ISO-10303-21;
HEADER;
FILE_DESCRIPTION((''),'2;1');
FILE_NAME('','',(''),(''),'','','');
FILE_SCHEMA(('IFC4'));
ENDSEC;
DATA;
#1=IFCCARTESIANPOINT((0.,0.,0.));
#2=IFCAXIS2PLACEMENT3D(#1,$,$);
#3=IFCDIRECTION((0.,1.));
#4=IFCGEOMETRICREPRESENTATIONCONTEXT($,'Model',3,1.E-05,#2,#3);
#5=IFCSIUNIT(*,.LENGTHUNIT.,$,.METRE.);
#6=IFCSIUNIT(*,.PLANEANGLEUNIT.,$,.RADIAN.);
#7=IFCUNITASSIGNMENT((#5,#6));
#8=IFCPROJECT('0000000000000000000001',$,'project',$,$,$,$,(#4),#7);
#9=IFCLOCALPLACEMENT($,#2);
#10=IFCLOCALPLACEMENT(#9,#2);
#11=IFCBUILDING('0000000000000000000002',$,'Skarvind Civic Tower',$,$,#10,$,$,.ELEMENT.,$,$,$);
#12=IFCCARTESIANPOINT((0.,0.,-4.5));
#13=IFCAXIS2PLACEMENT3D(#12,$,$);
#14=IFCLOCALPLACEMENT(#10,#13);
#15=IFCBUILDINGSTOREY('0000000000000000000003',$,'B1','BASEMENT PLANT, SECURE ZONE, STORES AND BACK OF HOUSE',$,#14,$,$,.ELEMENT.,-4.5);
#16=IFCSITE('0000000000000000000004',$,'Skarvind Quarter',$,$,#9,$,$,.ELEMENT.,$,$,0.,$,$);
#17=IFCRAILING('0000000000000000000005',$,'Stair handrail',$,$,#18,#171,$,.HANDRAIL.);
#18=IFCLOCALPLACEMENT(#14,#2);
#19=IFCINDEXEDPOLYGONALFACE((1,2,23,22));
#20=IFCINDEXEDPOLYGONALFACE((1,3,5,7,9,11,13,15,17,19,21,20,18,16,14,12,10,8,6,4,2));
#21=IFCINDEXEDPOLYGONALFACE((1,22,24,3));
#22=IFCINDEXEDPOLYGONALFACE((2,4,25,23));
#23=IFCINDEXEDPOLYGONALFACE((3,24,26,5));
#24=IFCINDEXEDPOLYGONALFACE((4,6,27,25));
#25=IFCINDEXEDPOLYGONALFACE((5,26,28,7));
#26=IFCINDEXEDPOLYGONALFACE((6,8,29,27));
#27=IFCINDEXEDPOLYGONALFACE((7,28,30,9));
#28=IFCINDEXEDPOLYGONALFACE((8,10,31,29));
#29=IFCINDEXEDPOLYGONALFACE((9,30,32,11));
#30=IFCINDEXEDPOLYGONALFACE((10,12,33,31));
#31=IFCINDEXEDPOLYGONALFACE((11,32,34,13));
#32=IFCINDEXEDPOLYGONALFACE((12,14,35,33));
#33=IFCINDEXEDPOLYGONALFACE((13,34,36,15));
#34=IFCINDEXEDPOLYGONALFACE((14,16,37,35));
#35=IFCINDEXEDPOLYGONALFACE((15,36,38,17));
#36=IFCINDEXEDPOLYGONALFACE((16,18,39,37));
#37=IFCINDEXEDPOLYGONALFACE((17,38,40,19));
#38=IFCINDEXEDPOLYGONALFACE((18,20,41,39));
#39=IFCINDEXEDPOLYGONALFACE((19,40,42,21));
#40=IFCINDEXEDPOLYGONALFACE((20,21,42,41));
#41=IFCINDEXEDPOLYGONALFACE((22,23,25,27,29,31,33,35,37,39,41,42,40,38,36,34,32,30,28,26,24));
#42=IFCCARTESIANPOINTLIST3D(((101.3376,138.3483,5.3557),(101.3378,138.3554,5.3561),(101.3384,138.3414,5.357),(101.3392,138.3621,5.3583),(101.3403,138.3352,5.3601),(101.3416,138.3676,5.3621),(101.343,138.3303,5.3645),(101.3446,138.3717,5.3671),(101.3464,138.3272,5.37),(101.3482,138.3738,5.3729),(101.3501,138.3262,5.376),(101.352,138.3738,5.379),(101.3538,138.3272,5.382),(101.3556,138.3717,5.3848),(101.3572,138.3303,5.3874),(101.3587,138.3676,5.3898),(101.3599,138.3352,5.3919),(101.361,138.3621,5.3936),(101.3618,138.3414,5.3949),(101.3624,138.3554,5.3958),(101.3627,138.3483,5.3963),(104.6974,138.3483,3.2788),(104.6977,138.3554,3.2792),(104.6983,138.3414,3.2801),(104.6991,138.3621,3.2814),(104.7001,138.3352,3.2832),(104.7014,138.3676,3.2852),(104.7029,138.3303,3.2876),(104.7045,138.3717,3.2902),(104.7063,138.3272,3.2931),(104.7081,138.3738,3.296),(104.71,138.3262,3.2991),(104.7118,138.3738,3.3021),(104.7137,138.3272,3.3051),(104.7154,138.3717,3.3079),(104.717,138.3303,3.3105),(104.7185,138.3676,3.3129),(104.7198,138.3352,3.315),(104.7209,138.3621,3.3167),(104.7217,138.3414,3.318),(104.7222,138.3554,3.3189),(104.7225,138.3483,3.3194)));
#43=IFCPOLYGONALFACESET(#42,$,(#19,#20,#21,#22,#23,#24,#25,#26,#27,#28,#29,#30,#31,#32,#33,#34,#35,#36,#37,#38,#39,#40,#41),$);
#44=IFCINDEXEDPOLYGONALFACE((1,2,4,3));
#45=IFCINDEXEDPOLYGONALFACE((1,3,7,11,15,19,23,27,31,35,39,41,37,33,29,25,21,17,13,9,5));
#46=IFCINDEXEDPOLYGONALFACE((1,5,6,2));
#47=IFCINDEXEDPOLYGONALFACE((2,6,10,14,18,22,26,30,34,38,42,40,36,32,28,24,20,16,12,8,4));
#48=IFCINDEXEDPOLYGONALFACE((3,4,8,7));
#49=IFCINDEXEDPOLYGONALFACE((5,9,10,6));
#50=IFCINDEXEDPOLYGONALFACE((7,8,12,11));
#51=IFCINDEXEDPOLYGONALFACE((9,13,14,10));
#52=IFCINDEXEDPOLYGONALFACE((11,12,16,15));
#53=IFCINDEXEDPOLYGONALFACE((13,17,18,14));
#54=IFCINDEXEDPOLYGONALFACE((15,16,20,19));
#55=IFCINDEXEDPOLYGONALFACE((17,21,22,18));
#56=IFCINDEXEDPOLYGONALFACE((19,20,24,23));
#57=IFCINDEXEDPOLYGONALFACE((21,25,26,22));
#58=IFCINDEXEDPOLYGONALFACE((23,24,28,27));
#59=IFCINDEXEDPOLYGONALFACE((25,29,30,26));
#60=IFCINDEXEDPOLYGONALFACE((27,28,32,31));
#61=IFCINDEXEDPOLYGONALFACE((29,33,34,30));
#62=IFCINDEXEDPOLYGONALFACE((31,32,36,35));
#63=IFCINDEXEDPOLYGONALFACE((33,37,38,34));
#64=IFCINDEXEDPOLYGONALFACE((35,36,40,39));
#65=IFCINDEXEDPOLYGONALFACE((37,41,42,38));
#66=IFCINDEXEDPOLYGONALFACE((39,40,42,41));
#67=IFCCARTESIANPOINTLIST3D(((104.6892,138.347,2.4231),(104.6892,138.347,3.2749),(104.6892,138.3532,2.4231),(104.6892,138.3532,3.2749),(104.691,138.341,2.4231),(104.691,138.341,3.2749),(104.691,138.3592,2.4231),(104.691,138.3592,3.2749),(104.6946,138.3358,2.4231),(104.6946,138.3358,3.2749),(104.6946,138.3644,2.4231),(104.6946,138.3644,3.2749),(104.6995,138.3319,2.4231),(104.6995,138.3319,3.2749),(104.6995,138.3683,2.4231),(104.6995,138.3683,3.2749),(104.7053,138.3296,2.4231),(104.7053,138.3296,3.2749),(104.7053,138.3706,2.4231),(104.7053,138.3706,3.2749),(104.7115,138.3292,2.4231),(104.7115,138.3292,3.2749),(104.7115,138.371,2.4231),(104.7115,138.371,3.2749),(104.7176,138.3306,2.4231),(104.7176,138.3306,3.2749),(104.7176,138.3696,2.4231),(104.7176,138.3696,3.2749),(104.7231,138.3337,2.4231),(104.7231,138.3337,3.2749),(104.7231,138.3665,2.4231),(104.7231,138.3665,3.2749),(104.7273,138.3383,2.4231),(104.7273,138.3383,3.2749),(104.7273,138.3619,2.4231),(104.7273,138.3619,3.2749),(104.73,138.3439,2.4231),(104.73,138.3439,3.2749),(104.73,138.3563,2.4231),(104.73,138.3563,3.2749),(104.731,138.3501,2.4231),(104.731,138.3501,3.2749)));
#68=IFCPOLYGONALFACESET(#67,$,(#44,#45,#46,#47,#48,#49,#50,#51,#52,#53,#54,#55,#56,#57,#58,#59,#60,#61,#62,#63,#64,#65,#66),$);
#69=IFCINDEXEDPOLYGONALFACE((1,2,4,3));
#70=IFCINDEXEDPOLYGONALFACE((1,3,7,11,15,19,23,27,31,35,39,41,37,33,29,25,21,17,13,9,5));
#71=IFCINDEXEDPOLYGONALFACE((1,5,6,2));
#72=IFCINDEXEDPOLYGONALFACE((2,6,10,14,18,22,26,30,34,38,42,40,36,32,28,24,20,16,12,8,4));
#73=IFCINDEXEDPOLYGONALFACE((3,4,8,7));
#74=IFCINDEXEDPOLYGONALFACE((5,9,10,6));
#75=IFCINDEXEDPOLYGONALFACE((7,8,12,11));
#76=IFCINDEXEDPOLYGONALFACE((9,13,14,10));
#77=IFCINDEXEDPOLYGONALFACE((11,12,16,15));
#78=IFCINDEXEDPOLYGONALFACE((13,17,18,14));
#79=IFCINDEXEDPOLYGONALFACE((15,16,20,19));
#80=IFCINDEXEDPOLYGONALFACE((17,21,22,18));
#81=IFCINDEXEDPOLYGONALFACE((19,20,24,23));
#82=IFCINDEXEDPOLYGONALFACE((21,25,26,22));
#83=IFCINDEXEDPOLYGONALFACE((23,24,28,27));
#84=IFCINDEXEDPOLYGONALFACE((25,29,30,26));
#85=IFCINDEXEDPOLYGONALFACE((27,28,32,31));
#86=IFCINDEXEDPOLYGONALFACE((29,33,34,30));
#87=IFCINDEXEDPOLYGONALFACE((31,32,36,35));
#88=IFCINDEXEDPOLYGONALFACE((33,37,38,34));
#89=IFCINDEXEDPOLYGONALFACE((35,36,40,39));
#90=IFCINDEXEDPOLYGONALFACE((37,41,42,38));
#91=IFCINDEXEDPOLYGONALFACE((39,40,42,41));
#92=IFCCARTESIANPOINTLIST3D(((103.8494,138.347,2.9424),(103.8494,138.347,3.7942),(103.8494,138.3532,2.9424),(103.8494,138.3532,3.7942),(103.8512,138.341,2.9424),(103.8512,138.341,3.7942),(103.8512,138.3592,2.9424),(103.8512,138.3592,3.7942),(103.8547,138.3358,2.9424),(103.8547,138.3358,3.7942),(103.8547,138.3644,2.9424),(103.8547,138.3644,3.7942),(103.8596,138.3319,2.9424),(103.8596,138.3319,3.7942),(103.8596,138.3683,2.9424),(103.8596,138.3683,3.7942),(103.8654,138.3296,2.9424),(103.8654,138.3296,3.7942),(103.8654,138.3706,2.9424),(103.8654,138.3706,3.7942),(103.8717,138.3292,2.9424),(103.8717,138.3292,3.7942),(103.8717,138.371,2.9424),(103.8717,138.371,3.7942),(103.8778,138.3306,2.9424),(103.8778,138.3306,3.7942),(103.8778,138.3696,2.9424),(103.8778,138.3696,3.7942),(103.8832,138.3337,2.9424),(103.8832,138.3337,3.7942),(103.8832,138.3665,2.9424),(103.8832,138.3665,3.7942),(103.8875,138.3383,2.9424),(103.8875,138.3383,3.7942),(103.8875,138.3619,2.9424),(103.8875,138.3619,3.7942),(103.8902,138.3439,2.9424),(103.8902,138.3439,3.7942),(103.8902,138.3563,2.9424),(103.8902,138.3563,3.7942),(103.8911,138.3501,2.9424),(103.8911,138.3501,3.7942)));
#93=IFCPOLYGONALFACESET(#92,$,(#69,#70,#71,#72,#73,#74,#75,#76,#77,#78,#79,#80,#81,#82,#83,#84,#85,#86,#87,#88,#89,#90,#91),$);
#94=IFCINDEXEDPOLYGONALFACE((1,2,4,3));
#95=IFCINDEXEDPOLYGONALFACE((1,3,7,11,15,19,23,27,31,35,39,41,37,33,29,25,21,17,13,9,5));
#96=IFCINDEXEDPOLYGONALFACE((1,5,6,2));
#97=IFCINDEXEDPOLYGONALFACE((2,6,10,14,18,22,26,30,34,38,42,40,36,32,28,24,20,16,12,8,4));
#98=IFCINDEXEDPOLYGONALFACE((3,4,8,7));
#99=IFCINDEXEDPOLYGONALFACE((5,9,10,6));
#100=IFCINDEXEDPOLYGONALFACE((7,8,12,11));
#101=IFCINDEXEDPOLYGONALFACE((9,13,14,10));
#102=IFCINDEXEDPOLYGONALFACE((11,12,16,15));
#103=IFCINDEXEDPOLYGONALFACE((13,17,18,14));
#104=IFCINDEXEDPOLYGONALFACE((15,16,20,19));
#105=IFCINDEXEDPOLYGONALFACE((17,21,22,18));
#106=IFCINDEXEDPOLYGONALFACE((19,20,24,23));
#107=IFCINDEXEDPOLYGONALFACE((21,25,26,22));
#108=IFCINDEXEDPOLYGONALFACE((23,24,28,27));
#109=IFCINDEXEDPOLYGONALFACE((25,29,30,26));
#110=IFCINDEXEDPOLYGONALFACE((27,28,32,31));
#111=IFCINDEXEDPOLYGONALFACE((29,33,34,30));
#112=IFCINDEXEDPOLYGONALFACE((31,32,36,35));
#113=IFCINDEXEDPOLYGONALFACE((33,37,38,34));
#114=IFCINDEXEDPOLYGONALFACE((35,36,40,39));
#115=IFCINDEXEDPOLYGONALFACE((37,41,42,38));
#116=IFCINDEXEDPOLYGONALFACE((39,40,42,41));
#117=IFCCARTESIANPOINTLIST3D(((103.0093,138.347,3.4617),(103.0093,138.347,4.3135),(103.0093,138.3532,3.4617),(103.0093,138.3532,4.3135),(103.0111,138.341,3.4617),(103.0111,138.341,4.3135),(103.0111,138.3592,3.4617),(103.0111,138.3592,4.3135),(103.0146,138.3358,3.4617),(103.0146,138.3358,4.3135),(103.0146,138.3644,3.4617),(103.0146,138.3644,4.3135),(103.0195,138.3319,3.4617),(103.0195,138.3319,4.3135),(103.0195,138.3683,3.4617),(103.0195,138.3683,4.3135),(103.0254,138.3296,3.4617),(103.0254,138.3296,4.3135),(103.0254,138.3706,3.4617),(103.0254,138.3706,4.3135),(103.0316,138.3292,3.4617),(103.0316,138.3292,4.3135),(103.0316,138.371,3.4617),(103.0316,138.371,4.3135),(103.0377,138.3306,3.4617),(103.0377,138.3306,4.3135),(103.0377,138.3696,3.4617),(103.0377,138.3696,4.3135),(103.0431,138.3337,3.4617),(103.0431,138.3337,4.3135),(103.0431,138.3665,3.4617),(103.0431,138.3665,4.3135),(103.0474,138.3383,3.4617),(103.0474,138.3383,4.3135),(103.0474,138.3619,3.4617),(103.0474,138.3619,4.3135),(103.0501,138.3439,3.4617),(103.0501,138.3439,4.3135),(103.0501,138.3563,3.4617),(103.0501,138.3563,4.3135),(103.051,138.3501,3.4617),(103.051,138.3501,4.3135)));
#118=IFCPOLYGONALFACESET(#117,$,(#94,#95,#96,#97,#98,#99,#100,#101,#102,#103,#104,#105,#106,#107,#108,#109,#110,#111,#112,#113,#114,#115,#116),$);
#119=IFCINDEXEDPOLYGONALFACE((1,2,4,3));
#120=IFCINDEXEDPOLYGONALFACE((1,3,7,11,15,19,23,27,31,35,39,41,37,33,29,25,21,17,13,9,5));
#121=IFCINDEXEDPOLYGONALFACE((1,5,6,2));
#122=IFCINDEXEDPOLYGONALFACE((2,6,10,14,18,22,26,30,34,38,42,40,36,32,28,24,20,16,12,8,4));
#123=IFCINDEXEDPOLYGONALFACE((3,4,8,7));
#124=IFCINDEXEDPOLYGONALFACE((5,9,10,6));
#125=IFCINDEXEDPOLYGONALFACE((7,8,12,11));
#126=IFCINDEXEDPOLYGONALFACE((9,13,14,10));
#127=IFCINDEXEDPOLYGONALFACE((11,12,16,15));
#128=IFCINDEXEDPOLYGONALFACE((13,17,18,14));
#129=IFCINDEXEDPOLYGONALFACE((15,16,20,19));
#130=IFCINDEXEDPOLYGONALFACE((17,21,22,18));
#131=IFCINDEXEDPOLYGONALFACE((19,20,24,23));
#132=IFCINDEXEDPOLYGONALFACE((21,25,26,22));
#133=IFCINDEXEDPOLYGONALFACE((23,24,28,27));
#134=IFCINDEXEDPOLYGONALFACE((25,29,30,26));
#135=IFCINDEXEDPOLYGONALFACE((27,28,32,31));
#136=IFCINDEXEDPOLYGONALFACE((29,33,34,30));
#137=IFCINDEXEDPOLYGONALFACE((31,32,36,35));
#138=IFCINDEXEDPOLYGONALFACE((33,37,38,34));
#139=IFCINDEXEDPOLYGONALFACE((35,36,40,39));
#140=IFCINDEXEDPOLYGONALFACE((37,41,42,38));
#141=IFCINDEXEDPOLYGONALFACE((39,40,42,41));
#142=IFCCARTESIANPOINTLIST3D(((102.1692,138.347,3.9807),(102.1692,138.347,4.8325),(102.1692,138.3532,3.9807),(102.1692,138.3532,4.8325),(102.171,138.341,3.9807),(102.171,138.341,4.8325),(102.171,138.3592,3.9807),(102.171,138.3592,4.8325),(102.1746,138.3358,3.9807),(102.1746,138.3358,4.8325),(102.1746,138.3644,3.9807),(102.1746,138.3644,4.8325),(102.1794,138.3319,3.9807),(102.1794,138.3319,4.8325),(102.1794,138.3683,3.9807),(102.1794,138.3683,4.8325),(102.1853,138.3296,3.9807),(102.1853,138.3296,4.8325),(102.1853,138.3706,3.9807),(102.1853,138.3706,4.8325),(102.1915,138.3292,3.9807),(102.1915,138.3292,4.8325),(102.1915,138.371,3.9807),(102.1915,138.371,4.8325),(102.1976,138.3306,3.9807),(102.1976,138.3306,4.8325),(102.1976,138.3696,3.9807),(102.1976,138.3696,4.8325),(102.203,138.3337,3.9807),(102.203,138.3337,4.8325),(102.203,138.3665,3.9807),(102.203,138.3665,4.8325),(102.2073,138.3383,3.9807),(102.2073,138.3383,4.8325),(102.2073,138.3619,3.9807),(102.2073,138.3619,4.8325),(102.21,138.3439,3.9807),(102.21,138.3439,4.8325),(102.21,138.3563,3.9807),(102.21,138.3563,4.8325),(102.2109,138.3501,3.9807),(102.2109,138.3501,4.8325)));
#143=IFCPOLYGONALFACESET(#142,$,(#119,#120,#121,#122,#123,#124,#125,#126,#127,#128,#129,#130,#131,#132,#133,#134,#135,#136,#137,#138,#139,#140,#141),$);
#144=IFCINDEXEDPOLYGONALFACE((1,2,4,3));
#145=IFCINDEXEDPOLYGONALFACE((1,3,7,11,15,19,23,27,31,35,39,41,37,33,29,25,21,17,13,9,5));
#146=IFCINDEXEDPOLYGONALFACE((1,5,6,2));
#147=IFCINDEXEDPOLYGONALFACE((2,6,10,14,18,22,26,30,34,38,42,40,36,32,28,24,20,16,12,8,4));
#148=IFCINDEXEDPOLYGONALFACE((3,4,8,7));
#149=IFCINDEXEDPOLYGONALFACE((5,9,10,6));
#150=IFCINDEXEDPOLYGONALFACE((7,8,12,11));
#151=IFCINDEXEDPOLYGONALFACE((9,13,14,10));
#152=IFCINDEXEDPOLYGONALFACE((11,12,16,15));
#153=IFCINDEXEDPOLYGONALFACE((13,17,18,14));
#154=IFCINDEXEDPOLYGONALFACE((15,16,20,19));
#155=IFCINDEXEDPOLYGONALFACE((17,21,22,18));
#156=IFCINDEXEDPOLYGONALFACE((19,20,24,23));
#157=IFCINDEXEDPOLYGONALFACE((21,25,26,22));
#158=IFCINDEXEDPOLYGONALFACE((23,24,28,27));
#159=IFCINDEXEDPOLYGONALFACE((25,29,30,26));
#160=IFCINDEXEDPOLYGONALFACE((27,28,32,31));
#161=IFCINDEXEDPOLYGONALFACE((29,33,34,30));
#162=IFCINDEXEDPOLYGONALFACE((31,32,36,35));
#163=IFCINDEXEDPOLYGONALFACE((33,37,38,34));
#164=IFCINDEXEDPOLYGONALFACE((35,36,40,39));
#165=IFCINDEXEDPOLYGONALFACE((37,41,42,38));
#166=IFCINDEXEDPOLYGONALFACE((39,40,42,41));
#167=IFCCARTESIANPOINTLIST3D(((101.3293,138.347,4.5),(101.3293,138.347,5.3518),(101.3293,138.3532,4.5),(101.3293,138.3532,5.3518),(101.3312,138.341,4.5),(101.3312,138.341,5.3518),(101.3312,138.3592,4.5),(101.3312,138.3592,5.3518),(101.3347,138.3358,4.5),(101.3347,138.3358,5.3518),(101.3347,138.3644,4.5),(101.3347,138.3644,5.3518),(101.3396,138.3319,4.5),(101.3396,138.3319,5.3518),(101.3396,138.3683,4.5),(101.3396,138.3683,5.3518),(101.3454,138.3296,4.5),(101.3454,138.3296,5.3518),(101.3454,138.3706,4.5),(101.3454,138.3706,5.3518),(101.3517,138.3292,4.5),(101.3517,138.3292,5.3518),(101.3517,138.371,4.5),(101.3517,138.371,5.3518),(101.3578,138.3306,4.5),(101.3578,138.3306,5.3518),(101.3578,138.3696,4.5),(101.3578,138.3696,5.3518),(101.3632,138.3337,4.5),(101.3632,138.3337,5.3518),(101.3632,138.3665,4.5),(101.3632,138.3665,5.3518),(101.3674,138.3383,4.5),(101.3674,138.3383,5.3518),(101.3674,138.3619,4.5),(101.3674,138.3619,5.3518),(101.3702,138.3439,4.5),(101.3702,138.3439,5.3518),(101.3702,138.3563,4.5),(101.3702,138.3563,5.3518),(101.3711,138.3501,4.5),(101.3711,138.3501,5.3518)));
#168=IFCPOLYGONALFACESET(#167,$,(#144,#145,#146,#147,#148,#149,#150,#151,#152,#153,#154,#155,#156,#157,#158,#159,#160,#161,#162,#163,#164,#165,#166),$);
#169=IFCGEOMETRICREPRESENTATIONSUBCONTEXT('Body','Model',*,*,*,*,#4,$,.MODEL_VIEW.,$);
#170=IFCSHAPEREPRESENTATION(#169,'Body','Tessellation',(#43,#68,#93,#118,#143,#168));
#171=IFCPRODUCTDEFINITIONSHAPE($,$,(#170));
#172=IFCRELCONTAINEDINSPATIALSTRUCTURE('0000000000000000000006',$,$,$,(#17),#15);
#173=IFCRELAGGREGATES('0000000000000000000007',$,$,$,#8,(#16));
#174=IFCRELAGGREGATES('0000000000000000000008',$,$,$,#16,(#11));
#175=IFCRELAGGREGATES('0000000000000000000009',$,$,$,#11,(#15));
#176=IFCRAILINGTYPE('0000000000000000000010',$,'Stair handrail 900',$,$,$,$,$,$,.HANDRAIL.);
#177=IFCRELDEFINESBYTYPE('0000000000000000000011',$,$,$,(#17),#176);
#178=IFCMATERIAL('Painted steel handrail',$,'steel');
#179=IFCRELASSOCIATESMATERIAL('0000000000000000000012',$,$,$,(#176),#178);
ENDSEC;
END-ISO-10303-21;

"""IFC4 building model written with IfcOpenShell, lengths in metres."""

from ifc_helpers import new_model, si_unit, direction, frame, origin, origin_2d, place, context, subcontext, project, spatial, circle, extrude, material, type_object, element, save


model = new_model("IFC4")

# Units and contexts
model_context = context("Model", 3, precision=1e-05, world=origin(), true_north=direction((0.0, 1.0)))
body_context = subcontext(model_context, "Body", "Model", "MODEL_VIEW")
ifc_project = project(units=[si_unit("LENGTHUNIT", "METRE"), si_unit("PLANEANGLEUNIT", "RADIAN")], contexts=[model_context])

# Site, building, storey
site_placement = place(None, origin())
site = spatial("IfcSite", under=ifc_project, at=site_placement, Name="Skarvind Quarter", CompositionType="ELEMENT", RefElevation=0.0)
building_placement = place(site_placement, origin())
building = spatial("IfcBuilding", under=site, at=building_placement, Name="Skarvind Civic Tower", CompositionType="ELEMENT")
storey_placement = place(building_placement, frame((0.0, 0.0, -4.5)))
storey = spatial("IfcBuildingStorey", under=building, at=storey_placement, Name="B1", Description="BASEMENT PLANT, SECURE ZONE, STORES AND BACK OF HOUSE", CompositionType="ELEMENT", Elevation=-4.5)

# Railing
ifc_material_1 = material(Name="Painted steel handrail", Category="steel")
railing_type = type_object("IfcRailingType", Name="Stair handrail 900", PredefinedType="HANDRAIL", material=ifc_material_1)
railing_1_placement = place(storey_placement, frame((104.71, 138.3501, 2.4231)))
element("IfcRailing", 1, at=railing_1_placement, inside=storey, type_object=railing_type, Name="Stair handrail", PredefinedType="HANDRAIL", context=body_context, shape_type="SweptSolid", body=[
    extrude(circle(Radius=0.0239, at=origin_2d()), frame((0.0, 0.0, 0.876), z_axis=(-0.850606, 0.0, 0.525803), x_axis=(0.0, -1.0, 0.0)), (0.0, 0.0, 1.0), 3.95),
    extrude(circle(Radius=0.021, at=origin_2d()), origin(), (0.0, 0.0, 1.0), 0.8518),
    extrude(circle(Radius=0.021, at=origin_2d()), frame((-0.8398, 0.0, 0.5193)), (0.0, 0.0, 1.0), 0.8518),
    extrude(circle(Radius=0.021, at=origin_2d()), frame((-1.6799, 0.0, 1.0386)), (0.0, 0.0, 1.0), 0.8518),
    extrude(circle(Radius=0.021, at=origin_2d()), frame((-2.52, 0.0, 1.5576)), (0.0, 0.0, 1.0), 0.8518),
    extrude(circle(Radius=0.021, at=origin_2d()), frame((-3.3599, 0.0, 2.0769)), (0.0, 0.0, 1.0), 0.8518),
])

save(model, "model.ifc")
